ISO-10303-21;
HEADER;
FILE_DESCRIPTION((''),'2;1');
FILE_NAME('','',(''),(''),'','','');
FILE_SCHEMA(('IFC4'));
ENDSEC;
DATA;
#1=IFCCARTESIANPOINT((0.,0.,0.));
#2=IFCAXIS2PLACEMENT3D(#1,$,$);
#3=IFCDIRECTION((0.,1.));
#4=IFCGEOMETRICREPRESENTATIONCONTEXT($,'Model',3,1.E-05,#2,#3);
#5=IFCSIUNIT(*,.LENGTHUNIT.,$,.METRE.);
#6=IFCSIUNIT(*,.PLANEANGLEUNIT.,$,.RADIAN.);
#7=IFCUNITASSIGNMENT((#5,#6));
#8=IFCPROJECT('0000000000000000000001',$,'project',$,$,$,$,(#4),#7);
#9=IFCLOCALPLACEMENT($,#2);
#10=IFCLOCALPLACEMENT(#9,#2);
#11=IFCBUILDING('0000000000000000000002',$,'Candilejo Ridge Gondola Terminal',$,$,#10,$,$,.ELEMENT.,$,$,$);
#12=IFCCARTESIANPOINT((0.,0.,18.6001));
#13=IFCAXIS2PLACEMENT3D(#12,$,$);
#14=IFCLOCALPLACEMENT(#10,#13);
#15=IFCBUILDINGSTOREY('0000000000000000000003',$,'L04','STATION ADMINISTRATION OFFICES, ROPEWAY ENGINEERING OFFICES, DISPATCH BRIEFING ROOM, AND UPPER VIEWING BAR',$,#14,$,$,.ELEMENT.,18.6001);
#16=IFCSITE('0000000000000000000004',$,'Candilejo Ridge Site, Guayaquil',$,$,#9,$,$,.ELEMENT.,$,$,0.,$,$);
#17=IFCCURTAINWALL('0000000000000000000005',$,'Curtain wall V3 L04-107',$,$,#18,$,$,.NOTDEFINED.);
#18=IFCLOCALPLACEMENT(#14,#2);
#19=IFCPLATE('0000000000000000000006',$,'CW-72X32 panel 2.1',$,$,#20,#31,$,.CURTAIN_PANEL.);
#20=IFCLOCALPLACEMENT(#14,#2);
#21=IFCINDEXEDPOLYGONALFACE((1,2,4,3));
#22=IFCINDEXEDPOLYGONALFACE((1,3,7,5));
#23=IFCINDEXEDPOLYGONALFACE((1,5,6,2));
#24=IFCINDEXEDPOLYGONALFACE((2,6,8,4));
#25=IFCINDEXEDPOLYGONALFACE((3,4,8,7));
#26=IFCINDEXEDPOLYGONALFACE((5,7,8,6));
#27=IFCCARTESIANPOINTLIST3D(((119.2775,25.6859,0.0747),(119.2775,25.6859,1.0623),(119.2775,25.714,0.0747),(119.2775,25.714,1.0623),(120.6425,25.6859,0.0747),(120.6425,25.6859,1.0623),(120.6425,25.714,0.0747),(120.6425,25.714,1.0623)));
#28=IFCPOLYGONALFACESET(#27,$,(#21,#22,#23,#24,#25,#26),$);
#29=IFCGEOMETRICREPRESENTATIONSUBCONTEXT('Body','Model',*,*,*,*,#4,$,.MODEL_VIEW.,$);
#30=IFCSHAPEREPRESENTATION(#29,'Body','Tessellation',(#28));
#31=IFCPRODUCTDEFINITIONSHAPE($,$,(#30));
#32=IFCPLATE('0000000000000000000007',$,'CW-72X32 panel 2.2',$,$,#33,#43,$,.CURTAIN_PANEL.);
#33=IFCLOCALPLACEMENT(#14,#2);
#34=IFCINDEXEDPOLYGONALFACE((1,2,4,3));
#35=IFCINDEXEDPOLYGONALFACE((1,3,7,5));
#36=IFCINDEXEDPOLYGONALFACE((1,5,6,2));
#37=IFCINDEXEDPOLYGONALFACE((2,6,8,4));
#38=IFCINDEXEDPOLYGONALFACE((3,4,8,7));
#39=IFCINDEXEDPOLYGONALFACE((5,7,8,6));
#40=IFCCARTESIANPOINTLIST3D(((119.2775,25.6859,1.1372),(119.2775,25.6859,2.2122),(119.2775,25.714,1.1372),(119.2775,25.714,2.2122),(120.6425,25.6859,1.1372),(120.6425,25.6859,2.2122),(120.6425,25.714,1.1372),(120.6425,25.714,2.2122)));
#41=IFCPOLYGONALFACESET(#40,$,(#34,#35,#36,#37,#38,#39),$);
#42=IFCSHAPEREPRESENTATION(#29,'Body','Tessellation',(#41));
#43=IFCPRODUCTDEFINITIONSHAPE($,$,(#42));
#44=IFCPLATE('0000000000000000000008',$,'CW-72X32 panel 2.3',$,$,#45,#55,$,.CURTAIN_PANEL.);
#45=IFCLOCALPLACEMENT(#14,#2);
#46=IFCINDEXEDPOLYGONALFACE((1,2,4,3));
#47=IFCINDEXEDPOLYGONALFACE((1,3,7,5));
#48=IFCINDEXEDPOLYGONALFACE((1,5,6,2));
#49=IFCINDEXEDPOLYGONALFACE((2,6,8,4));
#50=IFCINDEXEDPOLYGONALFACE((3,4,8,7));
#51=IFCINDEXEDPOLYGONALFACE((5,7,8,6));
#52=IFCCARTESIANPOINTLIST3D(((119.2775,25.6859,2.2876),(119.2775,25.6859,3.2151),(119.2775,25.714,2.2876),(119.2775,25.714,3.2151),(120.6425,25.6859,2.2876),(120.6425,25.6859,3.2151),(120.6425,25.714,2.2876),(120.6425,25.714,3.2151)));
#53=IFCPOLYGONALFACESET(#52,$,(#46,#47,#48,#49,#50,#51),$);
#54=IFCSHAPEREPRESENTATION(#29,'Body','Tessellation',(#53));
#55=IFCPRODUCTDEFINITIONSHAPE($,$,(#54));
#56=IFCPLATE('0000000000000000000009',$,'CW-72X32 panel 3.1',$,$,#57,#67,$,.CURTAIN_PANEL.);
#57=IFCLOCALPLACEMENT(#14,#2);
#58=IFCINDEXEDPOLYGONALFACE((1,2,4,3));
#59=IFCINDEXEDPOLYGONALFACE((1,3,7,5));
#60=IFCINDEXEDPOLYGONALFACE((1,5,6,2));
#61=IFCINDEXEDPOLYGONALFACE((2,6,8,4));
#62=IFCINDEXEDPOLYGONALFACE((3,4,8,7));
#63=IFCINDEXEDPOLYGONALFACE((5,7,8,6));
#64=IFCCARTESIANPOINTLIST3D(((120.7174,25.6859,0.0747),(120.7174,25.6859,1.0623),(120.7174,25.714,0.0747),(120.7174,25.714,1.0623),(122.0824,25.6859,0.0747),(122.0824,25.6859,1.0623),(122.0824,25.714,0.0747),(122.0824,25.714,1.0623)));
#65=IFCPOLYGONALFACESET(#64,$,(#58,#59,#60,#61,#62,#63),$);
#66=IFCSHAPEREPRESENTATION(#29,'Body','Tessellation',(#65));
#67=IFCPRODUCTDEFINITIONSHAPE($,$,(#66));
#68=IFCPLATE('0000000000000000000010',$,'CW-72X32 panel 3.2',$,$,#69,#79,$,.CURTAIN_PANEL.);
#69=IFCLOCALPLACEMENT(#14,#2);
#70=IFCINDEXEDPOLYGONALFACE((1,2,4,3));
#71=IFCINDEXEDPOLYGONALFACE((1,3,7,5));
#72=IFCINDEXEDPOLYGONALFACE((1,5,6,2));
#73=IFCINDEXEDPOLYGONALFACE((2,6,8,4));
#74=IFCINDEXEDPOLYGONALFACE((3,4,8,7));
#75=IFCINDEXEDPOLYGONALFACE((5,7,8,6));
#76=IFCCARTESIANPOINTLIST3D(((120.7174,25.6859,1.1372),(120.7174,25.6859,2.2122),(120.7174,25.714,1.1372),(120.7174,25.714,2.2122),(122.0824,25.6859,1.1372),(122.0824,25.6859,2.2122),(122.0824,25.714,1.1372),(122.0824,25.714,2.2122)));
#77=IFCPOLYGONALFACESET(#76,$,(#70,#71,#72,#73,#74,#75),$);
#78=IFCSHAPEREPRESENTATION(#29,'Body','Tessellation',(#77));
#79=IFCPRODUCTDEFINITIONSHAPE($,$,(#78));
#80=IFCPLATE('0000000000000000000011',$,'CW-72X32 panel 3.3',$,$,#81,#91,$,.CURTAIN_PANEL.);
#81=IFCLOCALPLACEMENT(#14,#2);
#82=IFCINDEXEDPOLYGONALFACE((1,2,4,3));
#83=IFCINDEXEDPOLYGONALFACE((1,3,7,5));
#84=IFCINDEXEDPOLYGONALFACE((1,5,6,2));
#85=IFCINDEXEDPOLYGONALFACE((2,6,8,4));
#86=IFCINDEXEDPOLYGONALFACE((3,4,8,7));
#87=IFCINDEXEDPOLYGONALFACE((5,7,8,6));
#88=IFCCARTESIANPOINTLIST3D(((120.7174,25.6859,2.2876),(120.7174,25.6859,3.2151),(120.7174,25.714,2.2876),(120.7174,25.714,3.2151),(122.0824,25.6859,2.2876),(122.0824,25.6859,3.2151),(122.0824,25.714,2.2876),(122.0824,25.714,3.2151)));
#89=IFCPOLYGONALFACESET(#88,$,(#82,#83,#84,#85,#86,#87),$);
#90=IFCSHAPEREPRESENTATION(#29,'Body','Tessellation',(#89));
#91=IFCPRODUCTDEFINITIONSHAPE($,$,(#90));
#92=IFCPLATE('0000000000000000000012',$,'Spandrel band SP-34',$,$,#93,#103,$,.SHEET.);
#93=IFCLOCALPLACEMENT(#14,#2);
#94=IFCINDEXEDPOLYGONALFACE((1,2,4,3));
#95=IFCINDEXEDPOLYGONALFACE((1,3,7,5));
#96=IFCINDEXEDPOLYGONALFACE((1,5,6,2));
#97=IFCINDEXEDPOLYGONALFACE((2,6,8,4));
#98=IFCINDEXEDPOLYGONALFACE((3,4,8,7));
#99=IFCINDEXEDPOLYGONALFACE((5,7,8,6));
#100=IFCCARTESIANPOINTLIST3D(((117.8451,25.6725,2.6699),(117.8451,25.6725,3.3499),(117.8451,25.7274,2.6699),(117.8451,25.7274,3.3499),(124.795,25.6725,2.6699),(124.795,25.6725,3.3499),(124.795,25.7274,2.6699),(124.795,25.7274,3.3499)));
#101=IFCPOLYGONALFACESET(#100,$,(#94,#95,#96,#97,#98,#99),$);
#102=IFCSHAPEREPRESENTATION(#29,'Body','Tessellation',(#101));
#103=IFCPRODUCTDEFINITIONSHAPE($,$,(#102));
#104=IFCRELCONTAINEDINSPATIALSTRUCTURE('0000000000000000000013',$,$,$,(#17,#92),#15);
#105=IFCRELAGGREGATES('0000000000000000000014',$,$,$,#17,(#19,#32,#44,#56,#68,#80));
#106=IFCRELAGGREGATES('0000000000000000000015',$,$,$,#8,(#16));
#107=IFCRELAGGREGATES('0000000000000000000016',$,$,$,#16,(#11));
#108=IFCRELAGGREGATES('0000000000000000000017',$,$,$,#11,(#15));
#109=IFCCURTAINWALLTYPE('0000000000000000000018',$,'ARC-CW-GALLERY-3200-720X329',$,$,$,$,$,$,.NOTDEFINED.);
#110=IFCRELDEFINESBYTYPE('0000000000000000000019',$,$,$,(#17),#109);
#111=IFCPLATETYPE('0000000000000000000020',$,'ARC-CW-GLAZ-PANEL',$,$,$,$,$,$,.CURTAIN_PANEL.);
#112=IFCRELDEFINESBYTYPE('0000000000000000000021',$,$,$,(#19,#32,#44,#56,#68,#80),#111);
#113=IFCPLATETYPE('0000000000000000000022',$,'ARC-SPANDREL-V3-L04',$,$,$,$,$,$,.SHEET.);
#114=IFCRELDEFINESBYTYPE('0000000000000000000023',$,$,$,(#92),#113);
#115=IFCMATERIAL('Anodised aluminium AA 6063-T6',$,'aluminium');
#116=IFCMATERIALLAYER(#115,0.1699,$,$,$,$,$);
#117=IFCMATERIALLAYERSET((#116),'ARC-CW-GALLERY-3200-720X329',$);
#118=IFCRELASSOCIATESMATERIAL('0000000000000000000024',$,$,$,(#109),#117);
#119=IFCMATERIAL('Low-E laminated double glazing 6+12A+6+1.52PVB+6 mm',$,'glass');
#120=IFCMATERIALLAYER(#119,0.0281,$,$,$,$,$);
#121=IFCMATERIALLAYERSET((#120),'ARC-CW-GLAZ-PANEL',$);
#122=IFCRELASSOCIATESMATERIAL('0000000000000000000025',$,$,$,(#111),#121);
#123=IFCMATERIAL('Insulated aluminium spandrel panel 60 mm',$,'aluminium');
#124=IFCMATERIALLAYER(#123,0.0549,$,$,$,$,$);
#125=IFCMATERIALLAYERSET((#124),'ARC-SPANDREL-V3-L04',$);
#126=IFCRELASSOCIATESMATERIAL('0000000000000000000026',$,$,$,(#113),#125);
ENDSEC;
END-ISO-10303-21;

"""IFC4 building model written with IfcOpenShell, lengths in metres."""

from ifc_helpers import new_model, si_unit, direction, frame, origin, origin_2d, place, context, subcontext, project, spatial, rectangle, extrude, material, layer, layer_set, type_object, element, aggregate, save


model = new_model("IFC4")

# Units and contexts
model_context = context("Model", 3, precision=1e-05, world=origin(), true_north=direction((0.0, 1.0)))
body_context = subcontext(model_context, "Body", "Model", "MODEL_VIEW")
ifc_project = project(units=[si_unit("LENGTHUNIT", "METRE"), si_unit("PLANEANGLEUNIT", "RADIAN")], contexts=[model_context])

# Site, building, storey
site_placement = place(None, origin())
site = spatial("IfcSite", under=ifc_project, at=site_placement, Name="Candilejo Ridge Site, Guayaquil", CompositionType="ELEMENT", RefElevation=0.0)
building_placement = place(site_placement, origin())
building = spatial("IfcBuilding", under=site, at=building_placement, Name="Candilejo Ridge Gondola Terminal", CompositionType="ELEMENT")
storey_placement = place(building_placement, frame((0.0, 0.0, 18.6001)))
storey = spatial("IfcBuildingStorey", under=building, at=storey_placement, Name="L04", Description="STATION ADMINISTRATION OFFICES, ROPEWAY ENGINEERING OFFICES, DISPATCH BRIEFING ROOM, AND UPPER VIEWING BAR", CompositionType="ELEMENT", Elevation=18.6001)

# Curtain wall, plates
ifc_material_1 = material(Name="Anodised aluminium AA 6063-T6", Category="aluminium")
ifc_layer_1 = layer(ifc_material_1, 0.1699)
ifc_layer_set_1 = layer_set([ifc_layer_1], Name="ARC-CW-GALLERY-3200-720X329")
curtain_wall_type = type_object("IfcCurtainWallType", Name="ARC-CW-GALLERY-3200-720X329", PredefinedType="NOTDEFINED", material=ifc_layer_set_1)
curtain_wall_placement = place(storey_placement, origin())
curtain_wall = element("IfcCurtainWall", 1, at=curtain_wall_placement, inside=storey, type_object=curtain_wall_type, Name="Curtain wall V3 L04-107", PredefinedType="NOTDEFINED")
ifc_material_2 = material(Name="Low-E laminated double glazing 6+12A+6+1.52PVB+6 mm", Category="glass")
ifc_layer_2 = layer(ifc_material_2, 0.0281)
ifc_layer_set_2 = layer_set([ifc_layer_2], Name="ARC-CW-GLAZ-PANEL")
plate_type_1 = type_object("IfcPlateType", Name="ARC-CW-GLAZ-PANEL", PredefinedType="CURTAIN_PANEL", material=ifc_layer_set_2)
plate_1_placement = place(storey_placement, frame((119.96, 25.7, 0.0747), z_axis=(0.0, 0.0, 1.0), x_axis=(1.0, 0.0, 0.0)))
plate_1 = element("IfcPlate", 2, at=plate_1_placement, type_object=plate_type_1, Name="CW-72X32 panel 2.1", PredefinedType="CURTAIN_PANEL", context=body_context, shape_type="SweptSolid", body=[
    extrude(rectangle(XDim=1.365, YDim=0.0281, at=origin_2d()), origin(), (0.0, 0.0, 1.0), 0.9875),
])
plate_2_placement = place(storey_placement, frame((119.96, 25.7, 1.1372), z_axis=(0.0, 0.0, 1.0), x_axis=(1.0, 0.0, 0.0)))
plate_2 = element("IfcPlate", 3, at=plate_2_placement, type_object=plate_type_1, Name="CW-72X32 panel 2.2", PredefinedType="CURTAIN_PANEL", context=body_context, shape_type="SweptSolid", body=[
    extrude(rectangle(XDim=1.365, YDim=0.0281, at=origin_2d()), origin(), (0.0, 0.0, 1.0), 1.075),
])
plate_3_placement = place(storey_placement, frame((119.96, 25.7, 2.2876), z_axis=(0.0, 0.0, 1.0), x_axis=(1.0, 0.0, 0.0)))
plate_3 = element("IfcPlate", 4, at=plate_3_placement, type_object=plate_type_1, Name="CW-72X32 panel 2.3", PredefinedType="CURTAIN_PANEL", context=body_context, shape_type="SweptSolid", body=[
    extrude(rectangle(XDim=1.365, YDim=0.0281, at=origin_2d()), origin(), (0.0, 0.0, 1.0), 0.9275),
])
plate_4_placement = place(storey_placement, frame((121.3999, 25.7, 0.0747), z_axis=(0.0, 0.0, 1.0), x_axis=(1.0, 0.0, 0.0)))
plate_4 = element("IfcPlate", 5, at=plate_4_placement, type_object=plate_type_1, Name="CW-72X32 panel 3.1", PredefinedType="CURTAIN_PANEL", context=body_context, shape_type="SweptSolid", body=[
    extrude(rectangle(XDim=1.365, YDim=0.0281, at=origin_2d()), origin(), (0.0, 0.0, 1.0), 0.9875),
])
plate_5_placement = place(storey_placement, frame((121.3999, 25.7, 1.1372), z_axis=(0.0, 0.0, 1.0), x_axis=(1.0, 0.0, 0.0)))
plate_5 = element("IfcPlate", 6, at=plate_5_placement, type_object=plate_type_1, Name="CW-72X32 panel 3.2", PredefinedType="CURTAIN_PANEL", context=body_context, shape_type="SweptSolid", body=[
    extrude(rectangle(XDim=1.365, YDim=0.0281, at=origin_2d()), origin(), (0.0, 0.0, 1.0), 1.075),
])
plate_6_placement = place(storey_placement, frame((121.3999, 25.7, 2.2876), z_axis=(0.0, 0.0, 1.0), x_axis=(1.0, 0.0, 0.0)))
plate_6 = element("IfcPlate", 7, at=plate_6_placement, type_object=plate_type_1, Name="CW-72X32 panel 3.3", PredefinedType="CURTAIN_PANEL", context=body_context, shape_type="SweptSolid", body=[
    extrude(rectangle(XDim=1.365, YDim=0.0281, at=origin_2d()), origin(), (0.0, 0.0, 1.0), 0.9275),
])
aggregate(curtain_wall, [plate_1, plate_2, plate_3, plate_4, plate_5, plate_6])

# Plate
ifc_material_3 = material(Name="Insulated aluminium spandrel panel 60 mm", Category="aluminium")
ifc_layer_3 = layer(ifc_material_3, 0.0549)
ifc_layer_set_3 = layer_set([ifc_layer_3], Name="ARC-SPANDREL-V3-L04")
plate_type_2 = type_object("IfcPlateType", Name="ARC-SPANDREL-V3-L04", PredefinedType="SHEET", material=ifc_layer_set_3)
plate_7_placement = place(storey_placement, frame((121.3201, 25.7, 2.6699), z_axis=(0.0, 0.0, 1.0), x_axis=(1.0, 0.0, 0.0)))
element("IfcPlate", 8, at=plate_7_placement, inside=storey, type_object=plate_type_2, Name="Spandrel band SP-34", PredefinedType="SHEET", context=body_context, shape_type="SweptSolid", body=[
    extrude(rectangle(XDim=6.95, YDim=0.0549, at=origin_2d()), origin(), (0.0, 0.0, 1.0), 0.6799),
])

save(model, "model.ifc")
